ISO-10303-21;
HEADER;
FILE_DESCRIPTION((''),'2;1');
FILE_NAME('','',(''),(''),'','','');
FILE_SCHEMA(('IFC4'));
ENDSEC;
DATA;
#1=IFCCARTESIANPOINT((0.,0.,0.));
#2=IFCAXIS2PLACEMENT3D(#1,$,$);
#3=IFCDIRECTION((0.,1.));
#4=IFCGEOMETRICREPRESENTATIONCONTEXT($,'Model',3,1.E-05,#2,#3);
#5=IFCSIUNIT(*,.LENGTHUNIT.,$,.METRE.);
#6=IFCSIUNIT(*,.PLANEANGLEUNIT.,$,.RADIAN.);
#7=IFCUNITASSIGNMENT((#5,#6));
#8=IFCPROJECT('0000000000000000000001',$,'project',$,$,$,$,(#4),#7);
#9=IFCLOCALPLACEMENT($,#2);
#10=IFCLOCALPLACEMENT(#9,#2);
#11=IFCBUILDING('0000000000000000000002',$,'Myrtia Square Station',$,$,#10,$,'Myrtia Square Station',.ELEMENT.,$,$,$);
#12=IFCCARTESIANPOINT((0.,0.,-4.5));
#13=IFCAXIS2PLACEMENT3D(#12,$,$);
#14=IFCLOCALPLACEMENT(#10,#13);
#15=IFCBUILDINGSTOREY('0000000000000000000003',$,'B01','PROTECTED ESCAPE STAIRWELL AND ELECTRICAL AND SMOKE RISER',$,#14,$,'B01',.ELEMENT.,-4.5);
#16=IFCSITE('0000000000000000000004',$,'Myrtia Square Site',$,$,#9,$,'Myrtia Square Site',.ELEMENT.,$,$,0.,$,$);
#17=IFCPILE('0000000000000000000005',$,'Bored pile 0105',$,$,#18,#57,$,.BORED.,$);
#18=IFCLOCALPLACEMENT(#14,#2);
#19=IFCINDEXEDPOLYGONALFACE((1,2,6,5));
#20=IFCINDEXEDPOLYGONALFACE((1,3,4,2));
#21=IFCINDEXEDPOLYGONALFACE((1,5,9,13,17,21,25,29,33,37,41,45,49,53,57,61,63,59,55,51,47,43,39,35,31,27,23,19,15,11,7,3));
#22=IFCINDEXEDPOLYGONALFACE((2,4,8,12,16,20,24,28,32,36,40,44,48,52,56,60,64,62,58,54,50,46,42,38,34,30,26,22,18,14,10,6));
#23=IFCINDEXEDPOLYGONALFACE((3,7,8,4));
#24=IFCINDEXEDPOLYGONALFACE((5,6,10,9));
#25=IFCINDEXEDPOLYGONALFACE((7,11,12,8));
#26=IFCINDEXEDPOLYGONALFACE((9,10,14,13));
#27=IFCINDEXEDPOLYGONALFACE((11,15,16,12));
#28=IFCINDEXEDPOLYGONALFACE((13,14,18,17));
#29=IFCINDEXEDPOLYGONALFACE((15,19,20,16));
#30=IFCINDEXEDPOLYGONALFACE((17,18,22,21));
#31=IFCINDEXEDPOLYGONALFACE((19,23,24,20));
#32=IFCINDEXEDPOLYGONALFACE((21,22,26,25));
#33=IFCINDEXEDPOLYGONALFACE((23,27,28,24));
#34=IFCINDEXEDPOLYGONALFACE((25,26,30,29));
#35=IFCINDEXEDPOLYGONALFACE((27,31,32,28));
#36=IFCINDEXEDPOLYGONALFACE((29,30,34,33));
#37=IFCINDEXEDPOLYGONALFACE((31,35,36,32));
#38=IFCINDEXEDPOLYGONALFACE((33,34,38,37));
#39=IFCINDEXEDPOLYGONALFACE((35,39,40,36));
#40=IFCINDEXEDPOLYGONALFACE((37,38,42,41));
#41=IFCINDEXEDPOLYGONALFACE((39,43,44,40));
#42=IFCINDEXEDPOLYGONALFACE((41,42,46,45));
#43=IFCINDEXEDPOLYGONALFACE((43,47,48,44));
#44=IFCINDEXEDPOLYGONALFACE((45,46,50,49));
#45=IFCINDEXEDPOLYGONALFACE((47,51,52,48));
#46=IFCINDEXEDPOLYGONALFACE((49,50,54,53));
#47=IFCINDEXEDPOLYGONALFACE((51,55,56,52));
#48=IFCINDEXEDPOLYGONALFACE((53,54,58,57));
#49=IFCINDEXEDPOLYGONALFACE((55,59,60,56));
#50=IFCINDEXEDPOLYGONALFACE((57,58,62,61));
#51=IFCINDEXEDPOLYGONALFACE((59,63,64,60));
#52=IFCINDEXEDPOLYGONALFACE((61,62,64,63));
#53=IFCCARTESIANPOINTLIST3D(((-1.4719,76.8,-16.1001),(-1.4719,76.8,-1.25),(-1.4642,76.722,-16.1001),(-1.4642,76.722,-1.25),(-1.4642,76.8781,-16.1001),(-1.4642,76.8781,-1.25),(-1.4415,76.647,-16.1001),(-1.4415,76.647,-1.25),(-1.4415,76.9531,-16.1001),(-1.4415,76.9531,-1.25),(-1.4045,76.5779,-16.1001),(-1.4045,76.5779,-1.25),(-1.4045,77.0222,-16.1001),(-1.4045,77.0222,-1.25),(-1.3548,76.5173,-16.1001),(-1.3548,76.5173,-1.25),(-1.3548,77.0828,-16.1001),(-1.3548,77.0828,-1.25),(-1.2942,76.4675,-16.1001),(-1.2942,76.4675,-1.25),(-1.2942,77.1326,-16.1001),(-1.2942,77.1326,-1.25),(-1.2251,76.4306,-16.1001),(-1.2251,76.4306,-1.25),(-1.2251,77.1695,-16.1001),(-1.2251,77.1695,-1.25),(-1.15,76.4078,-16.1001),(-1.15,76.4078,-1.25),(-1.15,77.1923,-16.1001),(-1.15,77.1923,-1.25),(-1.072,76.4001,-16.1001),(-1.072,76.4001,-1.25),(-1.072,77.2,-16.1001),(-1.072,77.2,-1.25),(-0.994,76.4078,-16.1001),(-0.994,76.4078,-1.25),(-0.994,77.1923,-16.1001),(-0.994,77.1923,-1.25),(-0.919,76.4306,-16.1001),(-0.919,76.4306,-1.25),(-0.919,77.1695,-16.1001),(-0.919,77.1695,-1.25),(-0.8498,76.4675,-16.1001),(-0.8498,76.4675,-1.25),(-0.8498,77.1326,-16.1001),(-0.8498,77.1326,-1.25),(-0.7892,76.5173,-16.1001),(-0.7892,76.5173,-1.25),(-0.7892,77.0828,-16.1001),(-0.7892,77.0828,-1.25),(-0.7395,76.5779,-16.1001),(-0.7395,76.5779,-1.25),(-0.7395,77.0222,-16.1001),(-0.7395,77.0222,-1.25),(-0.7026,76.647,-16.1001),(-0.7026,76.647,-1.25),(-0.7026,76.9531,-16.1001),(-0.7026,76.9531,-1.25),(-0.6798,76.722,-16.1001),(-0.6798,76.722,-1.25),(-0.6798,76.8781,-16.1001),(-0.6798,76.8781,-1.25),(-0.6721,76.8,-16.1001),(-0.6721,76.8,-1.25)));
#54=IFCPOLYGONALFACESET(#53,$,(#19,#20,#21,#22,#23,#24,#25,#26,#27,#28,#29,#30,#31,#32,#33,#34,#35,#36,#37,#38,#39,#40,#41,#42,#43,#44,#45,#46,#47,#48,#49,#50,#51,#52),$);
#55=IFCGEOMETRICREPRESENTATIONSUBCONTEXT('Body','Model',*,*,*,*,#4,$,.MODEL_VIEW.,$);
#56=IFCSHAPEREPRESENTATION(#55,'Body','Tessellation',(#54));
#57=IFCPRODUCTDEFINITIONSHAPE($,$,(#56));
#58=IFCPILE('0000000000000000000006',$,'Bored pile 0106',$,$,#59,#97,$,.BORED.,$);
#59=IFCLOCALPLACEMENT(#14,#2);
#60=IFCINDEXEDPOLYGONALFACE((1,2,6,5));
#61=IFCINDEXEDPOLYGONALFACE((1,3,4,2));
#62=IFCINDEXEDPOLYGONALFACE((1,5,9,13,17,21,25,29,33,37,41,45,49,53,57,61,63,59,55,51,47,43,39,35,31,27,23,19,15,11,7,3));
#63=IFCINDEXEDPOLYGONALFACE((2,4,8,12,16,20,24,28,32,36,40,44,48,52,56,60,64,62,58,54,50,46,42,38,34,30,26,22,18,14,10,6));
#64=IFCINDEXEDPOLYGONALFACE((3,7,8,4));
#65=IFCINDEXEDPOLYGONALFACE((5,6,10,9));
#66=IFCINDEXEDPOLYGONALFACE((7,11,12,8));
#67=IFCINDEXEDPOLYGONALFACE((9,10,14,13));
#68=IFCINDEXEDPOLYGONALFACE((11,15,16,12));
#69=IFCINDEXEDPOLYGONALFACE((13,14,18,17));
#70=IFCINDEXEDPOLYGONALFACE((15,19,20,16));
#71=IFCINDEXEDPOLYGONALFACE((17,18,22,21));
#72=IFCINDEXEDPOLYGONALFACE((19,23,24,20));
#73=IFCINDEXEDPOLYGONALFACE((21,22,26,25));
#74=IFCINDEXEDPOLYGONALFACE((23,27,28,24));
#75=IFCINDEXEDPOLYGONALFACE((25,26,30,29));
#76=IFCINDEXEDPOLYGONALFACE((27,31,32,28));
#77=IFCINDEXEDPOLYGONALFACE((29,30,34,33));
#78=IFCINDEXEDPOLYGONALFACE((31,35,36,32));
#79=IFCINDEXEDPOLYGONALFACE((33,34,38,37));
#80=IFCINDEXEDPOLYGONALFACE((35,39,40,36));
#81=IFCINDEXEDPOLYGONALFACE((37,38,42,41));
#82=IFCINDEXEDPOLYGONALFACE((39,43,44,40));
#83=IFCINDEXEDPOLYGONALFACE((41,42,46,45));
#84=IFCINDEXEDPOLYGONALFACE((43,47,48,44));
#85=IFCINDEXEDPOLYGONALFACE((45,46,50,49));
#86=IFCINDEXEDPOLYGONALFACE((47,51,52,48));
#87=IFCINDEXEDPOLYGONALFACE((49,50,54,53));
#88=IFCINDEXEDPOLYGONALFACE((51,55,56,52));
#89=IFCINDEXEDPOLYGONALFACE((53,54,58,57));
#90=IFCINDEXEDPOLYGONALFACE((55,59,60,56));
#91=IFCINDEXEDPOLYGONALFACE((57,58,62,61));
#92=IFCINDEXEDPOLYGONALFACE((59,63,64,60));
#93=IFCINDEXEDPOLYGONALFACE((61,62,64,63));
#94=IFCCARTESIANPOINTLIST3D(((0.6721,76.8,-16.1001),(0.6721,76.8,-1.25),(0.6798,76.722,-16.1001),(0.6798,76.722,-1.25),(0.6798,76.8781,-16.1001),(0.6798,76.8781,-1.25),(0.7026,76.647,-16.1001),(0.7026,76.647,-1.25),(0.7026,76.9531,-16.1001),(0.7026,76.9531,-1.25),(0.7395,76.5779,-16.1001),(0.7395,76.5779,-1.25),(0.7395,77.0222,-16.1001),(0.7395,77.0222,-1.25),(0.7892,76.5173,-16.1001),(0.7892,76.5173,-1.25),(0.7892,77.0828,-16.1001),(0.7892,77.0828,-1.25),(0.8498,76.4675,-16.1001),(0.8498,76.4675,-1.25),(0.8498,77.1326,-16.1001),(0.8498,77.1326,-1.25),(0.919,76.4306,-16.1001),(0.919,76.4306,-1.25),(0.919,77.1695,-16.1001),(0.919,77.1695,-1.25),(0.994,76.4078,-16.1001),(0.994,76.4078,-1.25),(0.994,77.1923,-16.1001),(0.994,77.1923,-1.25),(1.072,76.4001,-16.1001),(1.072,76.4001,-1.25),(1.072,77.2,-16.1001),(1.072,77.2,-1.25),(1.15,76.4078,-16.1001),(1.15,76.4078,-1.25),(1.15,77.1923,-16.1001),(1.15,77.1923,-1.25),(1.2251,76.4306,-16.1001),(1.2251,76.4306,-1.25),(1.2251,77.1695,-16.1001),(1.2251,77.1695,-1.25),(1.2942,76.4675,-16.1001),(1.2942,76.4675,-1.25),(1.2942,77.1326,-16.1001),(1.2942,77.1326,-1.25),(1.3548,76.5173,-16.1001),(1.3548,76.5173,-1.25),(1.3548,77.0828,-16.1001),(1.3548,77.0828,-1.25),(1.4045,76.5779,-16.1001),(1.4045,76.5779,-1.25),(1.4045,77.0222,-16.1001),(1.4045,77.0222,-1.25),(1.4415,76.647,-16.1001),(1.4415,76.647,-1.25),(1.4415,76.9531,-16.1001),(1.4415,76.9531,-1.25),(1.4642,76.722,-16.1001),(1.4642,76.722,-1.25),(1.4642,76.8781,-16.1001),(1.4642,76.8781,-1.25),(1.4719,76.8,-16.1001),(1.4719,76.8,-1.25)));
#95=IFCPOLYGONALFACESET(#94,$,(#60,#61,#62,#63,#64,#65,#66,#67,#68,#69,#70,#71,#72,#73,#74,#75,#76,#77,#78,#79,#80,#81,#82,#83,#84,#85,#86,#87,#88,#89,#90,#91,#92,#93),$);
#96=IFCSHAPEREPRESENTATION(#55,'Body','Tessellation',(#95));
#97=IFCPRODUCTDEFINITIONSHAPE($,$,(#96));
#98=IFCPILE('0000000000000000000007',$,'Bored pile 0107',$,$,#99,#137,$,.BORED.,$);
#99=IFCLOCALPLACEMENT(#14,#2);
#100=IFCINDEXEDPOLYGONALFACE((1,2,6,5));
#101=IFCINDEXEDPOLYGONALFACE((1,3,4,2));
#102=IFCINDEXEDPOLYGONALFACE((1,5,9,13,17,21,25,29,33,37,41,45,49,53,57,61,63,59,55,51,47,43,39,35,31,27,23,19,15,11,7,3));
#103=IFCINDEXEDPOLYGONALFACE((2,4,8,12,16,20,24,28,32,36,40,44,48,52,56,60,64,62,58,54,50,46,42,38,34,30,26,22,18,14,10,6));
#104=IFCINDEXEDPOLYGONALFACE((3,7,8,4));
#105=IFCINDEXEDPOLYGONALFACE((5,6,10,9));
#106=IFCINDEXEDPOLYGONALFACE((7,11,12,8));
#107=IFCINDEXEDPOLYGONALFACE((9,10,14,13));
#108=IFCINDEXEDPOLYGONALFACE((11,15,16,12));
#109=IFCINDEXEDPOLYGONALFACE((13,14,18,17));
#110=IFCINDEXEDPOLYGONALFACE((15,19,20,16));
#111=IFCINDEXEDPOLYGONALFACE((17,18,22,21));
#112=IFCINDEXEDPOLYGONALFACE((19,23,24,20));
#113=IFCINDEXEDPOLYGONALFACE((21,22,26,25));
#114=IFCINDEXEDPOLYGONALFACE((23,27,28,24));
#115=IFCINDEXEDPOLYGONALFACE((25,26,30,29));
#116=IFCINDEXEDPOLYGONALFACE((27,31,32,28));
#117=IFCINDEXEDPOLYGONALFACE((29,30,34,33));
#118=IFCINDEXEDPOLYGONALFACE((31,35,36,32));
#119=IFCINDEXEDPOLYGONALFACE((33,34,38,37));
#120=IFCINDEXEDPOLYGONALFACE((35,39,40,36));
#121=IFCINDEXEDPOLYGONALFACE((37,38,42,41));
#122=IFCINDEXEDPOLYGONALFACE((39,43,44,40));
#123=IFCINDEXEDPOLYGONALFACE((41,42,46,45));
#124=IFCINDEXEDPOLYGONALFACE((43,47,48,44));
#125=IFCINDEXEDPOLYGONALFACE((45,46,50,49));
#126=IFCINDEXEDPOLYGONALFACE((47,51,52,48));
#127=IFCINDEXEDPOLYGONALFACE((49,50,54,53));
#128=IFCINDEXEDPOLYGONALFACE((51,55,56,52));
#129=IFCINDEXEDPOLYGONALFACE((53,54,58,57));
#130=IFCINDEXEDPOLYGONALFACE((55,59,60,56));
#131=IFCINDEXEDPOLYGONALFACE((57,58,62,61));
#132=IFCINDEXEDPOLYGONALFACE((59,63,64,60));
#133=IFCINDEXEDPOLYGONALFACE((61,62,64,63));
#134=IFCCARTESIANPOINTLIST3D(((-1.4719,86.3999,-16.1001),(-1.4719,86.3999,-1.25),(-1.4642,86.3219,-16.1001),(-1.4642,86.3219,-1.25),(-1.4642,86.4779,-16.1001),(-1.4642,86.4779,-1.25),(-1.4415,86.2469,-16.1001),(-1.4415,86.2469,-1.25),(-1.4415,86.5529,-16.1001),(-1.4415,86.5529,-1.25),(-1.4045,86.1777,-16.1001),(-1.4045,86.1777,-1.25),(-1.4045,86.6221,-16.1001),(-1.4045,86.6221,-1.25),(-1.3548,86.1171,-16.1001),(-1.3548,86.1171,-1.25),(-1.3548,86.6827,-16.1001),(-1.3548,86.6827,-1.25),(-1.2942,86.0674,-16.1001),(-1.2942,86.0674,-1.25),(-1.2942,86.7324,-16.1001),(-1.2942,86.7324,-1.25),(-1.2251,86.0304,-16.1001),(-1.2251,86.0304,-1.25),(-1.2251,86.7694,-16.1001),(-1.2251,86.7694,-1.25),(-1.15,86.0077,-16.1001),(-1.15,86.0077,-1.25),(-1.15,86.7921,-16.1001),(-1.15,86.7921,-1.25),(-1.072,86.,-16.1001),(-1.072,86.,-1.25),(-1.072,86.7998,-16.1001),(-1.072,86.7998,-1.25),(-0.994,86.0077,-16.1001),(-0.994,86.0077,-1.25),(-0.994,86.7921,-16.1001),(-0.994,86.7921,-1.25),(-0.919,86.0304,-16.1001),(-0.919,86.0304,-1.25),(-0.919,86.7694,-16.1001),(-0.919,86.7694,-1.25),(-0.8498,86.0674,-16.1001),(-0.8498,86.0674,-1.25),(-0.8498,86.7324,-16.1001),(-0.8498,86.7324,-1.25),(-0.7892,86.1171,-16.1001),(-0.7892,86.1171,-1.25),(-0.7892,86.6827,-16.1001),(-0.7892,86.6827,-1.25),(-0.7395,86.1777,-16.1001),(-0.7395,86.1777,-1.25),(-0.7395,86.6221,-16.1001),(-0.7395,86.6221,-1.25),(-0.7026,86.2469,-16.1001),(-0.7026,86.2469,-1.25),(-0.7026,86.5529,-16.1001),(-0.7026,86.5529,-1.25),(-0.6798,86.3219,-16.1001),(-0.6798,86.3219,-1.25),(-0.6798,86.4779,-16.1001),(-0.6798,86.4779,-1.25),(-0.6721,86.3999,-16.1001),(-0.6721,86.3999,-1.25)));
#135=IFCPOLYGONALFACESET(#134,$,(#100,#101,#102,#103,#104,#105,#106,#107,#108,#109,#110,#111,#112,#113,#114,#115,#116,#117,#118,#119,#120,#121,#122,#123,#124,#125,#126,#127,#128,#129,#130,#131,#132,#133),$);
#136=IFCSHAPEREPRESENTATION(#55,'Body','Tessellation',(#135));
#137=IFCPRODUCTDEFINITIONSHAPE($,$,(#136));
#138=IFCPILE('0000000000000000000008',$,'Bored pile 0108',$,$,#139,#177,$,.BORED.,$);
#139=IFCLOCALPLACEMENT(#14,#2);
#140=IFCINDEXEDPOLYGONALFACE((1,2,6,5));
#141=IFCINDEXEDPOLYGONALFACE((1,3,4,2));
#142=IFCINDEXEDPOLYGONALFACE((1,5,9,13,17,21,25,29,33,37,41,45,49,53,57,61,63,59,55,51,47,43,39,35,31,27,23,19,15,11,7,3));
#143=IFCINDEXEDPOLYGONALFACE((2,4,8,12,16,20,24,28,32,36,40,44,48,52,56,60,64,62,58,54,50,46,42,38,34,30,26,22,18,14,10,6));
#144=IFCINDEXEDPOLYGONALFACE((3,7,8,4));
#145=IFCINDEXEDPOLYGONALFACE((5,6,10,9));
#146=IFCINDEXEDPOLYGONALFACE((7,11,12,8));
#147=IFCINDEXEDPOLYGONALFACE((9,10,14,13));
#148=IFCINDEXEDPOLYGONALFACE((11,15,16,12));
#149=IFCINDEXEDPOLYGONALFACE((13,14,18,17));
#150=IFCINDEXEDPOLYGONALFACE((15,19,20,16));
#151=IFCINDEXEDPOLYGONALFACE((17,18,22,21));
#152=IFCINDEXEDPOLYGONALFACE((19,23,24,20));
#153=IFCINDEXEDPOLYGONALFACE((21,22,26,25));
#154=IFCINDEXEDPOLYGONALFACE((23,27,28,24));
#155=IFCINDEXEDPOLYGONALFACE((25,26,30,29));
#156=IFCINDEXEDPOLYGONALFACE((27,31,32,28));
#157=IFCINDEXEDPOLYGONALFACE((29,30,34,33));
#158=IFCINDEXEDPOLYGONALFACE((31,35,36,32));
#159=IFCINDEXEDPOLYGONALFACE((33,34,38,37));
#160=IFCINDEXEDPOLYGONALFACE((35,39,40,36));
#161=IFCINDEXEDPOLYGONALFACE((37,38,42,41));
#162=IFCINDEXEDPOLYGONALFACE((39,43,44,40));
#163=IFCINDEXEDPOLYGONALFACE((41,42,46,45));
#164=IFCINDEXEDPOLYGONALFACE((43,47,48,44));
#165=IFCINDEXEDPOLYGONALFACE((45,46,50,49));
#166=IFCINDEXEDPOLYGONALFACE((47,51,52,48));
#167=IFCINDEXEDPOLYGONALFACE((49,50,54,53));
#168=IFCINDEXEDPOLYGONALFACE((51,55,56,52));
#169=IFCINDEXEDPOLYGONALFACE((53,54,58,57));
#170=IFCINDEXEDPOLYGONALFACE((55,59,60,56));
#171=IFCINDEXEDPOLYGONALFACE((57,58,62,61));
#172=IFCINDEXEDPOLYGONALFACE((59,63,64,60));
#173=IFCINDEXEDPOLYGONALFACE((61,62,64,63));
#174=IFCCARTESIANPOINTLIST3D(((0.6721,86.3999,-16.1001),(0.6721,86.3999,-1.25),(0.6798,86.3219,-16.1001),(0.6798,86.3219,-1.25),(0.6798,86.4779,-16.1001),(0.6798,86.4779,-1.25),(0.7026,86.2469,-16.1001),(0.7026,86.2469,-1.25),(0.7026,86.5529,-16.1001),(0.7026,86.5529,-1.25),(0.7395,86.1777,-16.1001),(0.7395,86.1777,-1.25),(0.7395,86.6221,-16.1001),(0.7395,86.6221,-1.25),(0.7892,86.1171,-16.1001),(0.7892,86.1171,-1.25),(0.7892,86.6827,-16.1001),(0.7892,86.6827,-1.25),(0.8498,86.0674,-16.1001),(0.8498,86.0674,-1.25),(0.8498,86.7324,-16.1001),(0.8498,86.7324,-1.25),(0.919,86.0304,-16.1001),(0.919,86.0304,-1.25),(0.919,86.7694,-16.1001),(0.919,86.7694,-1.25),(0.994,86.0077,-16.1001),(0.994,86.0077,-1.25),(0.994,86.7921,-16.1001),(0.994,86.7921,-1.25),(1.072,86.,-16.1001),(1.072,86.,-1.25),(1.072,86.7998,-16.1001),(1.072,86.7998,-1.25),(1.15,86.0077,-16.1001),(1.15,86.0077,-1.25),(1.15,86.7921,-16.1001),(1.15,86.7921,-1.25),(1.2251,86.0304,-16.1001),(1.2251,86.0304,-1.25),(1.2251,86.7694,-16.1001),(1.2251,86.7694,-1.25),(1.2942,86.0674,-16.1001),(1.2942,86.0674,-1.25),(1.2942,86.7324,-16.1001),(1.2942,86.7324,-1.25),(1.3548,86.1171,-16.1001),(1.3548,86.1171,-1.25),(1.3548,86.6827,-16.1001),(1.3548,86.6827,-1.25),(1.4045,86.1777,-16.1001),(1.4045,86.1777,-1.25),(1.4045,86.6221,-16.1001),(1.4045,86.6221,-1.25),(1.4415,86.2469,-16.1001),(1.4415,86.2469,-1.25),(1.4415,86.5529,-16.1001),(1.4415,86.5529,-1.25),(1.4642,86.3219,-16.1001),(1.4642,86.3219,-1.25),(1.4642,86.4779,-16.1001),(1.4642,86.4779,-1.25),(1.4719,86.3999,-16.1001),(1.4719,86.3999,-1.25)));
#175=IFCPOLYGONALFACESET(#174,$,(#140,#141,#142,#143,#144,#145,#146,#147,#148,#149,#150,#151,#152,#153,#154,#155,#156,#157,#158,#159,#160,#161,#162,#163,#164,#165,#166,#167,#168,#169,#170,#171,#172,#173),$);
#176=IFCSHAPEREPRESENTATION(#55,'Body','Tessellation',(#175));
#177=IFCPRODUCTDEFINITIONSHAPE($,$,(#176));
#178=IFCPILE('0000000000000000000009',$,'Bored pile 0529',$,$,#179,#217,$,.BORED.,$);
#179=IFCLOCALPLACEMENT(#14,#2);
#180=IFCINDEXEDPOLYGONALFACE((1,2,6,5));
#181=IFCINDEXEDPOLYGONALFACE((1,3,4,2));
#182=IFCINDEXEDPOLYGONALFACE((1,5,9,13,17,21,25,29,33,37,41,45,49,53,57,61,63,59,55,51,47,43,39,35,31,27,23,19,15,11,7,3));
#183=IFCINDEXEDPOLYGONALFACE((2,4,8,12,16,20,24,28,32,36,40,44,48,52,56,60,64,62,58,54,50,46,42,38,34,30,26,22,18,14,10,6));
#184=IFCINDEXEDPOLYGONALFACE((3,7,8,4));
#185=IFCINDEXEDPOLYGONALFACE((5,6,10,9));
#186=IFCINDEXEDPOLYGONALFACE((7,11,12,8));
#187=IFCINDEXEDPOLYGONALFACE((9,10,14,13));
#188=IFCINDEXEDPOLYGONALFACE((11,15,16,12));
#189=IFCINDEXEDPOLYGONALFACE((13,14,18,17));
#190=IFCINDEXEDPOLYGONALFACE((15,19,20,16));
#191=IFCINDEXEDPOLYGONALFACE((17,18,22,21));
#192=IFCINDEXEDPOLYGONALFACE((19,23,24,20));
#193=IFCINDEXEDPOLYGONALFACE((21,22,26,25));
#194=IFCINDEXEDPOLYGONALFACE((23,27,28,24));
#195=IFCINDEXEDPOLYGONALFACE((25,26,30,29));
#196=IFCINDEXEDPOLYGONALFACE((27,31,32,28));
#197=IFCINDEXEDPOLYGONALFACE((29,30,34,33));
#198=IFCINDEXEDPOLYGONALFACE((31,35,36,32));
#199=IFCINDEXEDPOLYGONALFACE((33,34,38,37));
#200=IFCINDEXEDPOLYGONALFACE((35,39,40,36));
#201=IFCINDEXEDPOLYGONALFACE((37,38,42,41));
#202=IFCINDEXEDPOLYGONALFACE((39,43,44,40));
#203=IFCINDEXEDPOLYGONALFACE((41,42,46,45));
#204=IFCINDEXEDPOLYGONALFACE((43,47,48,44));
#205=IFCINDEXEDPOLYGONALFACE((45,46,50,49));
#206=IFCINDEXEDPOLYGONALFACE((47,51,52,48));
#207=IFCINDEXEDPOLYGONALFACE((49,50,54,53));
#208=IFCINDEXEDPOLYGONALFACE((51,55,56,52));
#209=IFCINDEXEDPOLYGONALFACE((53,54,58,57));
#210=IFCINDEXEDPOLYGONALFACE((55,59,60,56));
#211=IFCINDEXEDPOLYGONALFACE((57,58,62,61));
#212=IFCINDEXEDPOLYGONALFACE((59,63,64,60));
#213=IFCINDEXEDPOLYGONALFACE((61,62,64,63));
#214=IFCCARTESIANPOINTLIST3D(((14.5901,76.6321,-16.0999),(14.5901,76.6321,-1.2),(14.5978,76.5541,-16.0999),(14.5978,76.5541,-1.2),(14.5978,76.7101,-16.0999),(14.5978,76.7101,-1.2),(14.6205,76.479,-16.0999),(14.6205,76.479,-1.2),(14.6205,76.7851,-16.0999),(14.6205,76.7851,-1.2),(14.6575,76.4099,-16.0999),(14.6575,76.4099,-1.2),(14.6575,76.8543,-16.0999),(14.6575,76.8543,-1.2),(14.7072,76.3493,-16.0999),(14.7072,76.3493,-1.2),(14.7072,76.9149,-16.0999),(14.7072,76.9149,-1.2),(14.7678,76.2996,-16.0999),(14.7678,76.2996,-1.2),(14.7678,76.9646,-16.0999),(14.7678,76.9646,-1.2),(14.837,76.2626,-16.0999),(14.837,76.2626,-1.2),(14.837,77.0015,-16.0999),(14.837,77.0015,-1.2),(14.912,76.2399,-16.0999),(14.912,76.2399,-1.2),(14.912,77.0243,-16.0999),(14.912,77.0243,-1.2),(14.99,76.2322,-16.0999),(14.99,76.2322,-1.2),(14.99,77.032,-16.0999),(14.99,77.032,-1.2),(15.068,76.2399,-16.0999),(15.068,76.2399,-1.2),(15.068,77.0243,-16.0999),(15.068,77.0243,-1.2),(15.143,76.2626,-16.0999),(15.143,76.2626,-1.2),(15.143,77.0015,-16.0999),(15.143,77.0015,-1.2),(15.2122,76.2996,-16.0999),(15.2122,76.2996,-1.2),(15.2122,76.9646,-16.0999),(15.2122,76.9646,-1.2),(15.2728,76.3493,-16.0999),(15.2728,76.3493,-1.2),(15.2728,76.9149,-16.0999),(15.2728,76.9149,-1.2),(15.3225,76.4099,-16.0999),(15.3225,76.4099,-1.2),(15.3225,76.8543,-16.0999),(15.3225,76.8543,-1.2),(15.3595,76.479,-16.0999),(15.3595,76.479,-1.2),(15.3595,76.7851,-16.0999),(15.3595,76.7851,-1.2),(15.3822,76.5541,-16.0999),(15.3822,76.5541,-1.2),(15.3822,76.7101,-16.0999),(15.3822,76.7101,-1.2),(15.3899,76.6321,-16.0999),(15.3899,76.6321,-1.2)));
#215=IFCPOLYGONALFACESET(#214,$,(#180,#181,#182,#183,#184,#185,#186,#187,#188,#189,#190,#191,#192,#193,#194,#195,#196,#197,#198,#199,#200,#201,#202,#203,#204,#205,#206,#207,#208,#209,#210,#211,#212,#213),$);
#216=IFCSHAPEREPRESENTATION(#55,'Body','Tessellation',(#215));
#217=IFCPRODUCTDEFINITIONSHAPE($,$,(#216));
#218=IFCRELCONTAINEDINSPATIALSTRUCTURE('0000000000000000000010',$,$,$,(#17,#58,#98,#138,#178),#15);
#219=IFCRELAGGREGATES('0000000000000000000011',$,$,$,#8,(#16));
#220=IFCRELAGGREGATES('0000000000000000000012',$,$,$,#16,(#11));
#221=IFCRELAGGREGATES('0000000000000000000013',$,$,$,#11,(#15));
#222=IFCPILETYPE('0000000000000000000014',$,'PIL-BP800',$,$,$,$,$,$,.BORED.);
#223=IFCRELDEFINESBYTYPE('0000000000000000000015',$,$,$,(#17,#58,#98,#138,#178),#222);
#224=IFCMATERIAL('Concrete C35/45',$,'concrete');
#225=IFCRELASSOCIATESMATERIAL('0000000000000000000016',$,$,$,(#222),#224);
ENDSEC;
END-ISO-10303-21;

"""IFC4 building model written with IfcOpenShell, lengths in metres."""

from ifc_helpers import new_model, si_unit, direction, frame, origin, origin_2d, place, context, subcontext, project, spatial, circle, extrude, material, material_profile, profile_set, type_object, element, save


model = new_model("IFC4")

# Units and contexts
model_context = context("Model", 3, precision=1e-05, world=origin(), true_north=direction((0.0, 1.0)))
body_context = subcontext(model_context, "Body", "Model", "MODEL_VIEW")
ifc_project = project(units=[si_unit("LENGTHUNIT", "METRE"), si_unit("PLANEANGLEUNIT", "RADIAN")], contexts=[model_context])

# Site, building, storey
site_placement = place(None, origin())
site = spatial("IfcSite", under=ifc_project, at=site_placement, Name="Myrtia Square Site", LongName="Myrtia Square Site", CompositionType="ELEMENT", RefElevation=0.0)
building_placement = place(site_placement, origin())
building = spatial("IfcBuilding", under=site, at=building_placement, Name="Myrtia Square Station", LongName="Myrtia Square Station", CompositionType="ELEMENT")
storey_placement = place(building_placement, frame((0.0, 0.0, -4.5)))
storey = spatial("IfcBuildingStorey", under=building, at=storey_placement, Name="B01", Description="PROTECTED ESCAPE STAIRWELL AND ELECTRICAL AND SMOKE RISER", LongName="B01", CompositionType="ELEMENT", Elevation=-4.5)

# Shared definitions
ifc_material_1 = material(Name="Concrete C35/45", Category="concrete")

# Piles
ifc_material_profile_1 = material_profile(ifc_material_1, circle(Radius=0.3999, at=origin_2d()), Name="BP D800")
ifc_profile_set_1 = profile_set([ifc_material_profile_1], Name="Concrete C35/45")
pile_type_1 = type_object("IfcPileType", Name="PIL-BP800", PredefinedType="BORED", material=ifc_profile_set_1)
for number, where, z_axis, x_axis, name in (
    (1, (-1.072, 76.8, -1.25), (0.0, 0.0, -1.0), (1.0, 0.0, 0.0), "Bored pile 0105"),
    (2, (1.072, 76.8, -1.25), (0.0, 0.0, -1.0), (1.0, 0.0, 0.0), "Bored pile 0106"),
    (3, (-1.072, 86.3999, -1.25), (0.0, 0.0, -1.0), (1.0, 0.0, 0.0), "Bored pile 0107"),
    (4, (1.072, 86.3999, -1.25), (0.0, 0.0, -1.0), (1.0, 0.0, 0.0), "Bored pile 0108"),
):
    element("IfcPile", number, at=place(storey_placement, frame(where, z_axis=z_axis, x_axis=x_axis)), inside=storey, type_object=pile_type_1, Name=name, PredefinedType="BORED", context=body_context, shape_type="SweptSolid", body=[
        extrude(circle(Radius=0.3999, at=origin_2d()), origin(), (0.0, 0.0, 1.0), 14.8501),
    ])
pile_placement = place(storey_placement, frame((14.99, 76.6321, -1.2), z_axis=(0.0, 0.0, -1.0), x_axis=(1.0, 0.0, 0.0)))
element("IfcPile", 5, at=pile_placement, inside=storey, type_object=pile_type_1, Name="Bored pile 0529", PredefinedType="BORED", context=body_context, shape_type="SweptSolid", body=[
    extrude(circle(Radius=0.3999, at=origin_2d()), origin(), (0.0, 0.0, 1.0), 14.8999),
])

save(model, "model.ifc")
